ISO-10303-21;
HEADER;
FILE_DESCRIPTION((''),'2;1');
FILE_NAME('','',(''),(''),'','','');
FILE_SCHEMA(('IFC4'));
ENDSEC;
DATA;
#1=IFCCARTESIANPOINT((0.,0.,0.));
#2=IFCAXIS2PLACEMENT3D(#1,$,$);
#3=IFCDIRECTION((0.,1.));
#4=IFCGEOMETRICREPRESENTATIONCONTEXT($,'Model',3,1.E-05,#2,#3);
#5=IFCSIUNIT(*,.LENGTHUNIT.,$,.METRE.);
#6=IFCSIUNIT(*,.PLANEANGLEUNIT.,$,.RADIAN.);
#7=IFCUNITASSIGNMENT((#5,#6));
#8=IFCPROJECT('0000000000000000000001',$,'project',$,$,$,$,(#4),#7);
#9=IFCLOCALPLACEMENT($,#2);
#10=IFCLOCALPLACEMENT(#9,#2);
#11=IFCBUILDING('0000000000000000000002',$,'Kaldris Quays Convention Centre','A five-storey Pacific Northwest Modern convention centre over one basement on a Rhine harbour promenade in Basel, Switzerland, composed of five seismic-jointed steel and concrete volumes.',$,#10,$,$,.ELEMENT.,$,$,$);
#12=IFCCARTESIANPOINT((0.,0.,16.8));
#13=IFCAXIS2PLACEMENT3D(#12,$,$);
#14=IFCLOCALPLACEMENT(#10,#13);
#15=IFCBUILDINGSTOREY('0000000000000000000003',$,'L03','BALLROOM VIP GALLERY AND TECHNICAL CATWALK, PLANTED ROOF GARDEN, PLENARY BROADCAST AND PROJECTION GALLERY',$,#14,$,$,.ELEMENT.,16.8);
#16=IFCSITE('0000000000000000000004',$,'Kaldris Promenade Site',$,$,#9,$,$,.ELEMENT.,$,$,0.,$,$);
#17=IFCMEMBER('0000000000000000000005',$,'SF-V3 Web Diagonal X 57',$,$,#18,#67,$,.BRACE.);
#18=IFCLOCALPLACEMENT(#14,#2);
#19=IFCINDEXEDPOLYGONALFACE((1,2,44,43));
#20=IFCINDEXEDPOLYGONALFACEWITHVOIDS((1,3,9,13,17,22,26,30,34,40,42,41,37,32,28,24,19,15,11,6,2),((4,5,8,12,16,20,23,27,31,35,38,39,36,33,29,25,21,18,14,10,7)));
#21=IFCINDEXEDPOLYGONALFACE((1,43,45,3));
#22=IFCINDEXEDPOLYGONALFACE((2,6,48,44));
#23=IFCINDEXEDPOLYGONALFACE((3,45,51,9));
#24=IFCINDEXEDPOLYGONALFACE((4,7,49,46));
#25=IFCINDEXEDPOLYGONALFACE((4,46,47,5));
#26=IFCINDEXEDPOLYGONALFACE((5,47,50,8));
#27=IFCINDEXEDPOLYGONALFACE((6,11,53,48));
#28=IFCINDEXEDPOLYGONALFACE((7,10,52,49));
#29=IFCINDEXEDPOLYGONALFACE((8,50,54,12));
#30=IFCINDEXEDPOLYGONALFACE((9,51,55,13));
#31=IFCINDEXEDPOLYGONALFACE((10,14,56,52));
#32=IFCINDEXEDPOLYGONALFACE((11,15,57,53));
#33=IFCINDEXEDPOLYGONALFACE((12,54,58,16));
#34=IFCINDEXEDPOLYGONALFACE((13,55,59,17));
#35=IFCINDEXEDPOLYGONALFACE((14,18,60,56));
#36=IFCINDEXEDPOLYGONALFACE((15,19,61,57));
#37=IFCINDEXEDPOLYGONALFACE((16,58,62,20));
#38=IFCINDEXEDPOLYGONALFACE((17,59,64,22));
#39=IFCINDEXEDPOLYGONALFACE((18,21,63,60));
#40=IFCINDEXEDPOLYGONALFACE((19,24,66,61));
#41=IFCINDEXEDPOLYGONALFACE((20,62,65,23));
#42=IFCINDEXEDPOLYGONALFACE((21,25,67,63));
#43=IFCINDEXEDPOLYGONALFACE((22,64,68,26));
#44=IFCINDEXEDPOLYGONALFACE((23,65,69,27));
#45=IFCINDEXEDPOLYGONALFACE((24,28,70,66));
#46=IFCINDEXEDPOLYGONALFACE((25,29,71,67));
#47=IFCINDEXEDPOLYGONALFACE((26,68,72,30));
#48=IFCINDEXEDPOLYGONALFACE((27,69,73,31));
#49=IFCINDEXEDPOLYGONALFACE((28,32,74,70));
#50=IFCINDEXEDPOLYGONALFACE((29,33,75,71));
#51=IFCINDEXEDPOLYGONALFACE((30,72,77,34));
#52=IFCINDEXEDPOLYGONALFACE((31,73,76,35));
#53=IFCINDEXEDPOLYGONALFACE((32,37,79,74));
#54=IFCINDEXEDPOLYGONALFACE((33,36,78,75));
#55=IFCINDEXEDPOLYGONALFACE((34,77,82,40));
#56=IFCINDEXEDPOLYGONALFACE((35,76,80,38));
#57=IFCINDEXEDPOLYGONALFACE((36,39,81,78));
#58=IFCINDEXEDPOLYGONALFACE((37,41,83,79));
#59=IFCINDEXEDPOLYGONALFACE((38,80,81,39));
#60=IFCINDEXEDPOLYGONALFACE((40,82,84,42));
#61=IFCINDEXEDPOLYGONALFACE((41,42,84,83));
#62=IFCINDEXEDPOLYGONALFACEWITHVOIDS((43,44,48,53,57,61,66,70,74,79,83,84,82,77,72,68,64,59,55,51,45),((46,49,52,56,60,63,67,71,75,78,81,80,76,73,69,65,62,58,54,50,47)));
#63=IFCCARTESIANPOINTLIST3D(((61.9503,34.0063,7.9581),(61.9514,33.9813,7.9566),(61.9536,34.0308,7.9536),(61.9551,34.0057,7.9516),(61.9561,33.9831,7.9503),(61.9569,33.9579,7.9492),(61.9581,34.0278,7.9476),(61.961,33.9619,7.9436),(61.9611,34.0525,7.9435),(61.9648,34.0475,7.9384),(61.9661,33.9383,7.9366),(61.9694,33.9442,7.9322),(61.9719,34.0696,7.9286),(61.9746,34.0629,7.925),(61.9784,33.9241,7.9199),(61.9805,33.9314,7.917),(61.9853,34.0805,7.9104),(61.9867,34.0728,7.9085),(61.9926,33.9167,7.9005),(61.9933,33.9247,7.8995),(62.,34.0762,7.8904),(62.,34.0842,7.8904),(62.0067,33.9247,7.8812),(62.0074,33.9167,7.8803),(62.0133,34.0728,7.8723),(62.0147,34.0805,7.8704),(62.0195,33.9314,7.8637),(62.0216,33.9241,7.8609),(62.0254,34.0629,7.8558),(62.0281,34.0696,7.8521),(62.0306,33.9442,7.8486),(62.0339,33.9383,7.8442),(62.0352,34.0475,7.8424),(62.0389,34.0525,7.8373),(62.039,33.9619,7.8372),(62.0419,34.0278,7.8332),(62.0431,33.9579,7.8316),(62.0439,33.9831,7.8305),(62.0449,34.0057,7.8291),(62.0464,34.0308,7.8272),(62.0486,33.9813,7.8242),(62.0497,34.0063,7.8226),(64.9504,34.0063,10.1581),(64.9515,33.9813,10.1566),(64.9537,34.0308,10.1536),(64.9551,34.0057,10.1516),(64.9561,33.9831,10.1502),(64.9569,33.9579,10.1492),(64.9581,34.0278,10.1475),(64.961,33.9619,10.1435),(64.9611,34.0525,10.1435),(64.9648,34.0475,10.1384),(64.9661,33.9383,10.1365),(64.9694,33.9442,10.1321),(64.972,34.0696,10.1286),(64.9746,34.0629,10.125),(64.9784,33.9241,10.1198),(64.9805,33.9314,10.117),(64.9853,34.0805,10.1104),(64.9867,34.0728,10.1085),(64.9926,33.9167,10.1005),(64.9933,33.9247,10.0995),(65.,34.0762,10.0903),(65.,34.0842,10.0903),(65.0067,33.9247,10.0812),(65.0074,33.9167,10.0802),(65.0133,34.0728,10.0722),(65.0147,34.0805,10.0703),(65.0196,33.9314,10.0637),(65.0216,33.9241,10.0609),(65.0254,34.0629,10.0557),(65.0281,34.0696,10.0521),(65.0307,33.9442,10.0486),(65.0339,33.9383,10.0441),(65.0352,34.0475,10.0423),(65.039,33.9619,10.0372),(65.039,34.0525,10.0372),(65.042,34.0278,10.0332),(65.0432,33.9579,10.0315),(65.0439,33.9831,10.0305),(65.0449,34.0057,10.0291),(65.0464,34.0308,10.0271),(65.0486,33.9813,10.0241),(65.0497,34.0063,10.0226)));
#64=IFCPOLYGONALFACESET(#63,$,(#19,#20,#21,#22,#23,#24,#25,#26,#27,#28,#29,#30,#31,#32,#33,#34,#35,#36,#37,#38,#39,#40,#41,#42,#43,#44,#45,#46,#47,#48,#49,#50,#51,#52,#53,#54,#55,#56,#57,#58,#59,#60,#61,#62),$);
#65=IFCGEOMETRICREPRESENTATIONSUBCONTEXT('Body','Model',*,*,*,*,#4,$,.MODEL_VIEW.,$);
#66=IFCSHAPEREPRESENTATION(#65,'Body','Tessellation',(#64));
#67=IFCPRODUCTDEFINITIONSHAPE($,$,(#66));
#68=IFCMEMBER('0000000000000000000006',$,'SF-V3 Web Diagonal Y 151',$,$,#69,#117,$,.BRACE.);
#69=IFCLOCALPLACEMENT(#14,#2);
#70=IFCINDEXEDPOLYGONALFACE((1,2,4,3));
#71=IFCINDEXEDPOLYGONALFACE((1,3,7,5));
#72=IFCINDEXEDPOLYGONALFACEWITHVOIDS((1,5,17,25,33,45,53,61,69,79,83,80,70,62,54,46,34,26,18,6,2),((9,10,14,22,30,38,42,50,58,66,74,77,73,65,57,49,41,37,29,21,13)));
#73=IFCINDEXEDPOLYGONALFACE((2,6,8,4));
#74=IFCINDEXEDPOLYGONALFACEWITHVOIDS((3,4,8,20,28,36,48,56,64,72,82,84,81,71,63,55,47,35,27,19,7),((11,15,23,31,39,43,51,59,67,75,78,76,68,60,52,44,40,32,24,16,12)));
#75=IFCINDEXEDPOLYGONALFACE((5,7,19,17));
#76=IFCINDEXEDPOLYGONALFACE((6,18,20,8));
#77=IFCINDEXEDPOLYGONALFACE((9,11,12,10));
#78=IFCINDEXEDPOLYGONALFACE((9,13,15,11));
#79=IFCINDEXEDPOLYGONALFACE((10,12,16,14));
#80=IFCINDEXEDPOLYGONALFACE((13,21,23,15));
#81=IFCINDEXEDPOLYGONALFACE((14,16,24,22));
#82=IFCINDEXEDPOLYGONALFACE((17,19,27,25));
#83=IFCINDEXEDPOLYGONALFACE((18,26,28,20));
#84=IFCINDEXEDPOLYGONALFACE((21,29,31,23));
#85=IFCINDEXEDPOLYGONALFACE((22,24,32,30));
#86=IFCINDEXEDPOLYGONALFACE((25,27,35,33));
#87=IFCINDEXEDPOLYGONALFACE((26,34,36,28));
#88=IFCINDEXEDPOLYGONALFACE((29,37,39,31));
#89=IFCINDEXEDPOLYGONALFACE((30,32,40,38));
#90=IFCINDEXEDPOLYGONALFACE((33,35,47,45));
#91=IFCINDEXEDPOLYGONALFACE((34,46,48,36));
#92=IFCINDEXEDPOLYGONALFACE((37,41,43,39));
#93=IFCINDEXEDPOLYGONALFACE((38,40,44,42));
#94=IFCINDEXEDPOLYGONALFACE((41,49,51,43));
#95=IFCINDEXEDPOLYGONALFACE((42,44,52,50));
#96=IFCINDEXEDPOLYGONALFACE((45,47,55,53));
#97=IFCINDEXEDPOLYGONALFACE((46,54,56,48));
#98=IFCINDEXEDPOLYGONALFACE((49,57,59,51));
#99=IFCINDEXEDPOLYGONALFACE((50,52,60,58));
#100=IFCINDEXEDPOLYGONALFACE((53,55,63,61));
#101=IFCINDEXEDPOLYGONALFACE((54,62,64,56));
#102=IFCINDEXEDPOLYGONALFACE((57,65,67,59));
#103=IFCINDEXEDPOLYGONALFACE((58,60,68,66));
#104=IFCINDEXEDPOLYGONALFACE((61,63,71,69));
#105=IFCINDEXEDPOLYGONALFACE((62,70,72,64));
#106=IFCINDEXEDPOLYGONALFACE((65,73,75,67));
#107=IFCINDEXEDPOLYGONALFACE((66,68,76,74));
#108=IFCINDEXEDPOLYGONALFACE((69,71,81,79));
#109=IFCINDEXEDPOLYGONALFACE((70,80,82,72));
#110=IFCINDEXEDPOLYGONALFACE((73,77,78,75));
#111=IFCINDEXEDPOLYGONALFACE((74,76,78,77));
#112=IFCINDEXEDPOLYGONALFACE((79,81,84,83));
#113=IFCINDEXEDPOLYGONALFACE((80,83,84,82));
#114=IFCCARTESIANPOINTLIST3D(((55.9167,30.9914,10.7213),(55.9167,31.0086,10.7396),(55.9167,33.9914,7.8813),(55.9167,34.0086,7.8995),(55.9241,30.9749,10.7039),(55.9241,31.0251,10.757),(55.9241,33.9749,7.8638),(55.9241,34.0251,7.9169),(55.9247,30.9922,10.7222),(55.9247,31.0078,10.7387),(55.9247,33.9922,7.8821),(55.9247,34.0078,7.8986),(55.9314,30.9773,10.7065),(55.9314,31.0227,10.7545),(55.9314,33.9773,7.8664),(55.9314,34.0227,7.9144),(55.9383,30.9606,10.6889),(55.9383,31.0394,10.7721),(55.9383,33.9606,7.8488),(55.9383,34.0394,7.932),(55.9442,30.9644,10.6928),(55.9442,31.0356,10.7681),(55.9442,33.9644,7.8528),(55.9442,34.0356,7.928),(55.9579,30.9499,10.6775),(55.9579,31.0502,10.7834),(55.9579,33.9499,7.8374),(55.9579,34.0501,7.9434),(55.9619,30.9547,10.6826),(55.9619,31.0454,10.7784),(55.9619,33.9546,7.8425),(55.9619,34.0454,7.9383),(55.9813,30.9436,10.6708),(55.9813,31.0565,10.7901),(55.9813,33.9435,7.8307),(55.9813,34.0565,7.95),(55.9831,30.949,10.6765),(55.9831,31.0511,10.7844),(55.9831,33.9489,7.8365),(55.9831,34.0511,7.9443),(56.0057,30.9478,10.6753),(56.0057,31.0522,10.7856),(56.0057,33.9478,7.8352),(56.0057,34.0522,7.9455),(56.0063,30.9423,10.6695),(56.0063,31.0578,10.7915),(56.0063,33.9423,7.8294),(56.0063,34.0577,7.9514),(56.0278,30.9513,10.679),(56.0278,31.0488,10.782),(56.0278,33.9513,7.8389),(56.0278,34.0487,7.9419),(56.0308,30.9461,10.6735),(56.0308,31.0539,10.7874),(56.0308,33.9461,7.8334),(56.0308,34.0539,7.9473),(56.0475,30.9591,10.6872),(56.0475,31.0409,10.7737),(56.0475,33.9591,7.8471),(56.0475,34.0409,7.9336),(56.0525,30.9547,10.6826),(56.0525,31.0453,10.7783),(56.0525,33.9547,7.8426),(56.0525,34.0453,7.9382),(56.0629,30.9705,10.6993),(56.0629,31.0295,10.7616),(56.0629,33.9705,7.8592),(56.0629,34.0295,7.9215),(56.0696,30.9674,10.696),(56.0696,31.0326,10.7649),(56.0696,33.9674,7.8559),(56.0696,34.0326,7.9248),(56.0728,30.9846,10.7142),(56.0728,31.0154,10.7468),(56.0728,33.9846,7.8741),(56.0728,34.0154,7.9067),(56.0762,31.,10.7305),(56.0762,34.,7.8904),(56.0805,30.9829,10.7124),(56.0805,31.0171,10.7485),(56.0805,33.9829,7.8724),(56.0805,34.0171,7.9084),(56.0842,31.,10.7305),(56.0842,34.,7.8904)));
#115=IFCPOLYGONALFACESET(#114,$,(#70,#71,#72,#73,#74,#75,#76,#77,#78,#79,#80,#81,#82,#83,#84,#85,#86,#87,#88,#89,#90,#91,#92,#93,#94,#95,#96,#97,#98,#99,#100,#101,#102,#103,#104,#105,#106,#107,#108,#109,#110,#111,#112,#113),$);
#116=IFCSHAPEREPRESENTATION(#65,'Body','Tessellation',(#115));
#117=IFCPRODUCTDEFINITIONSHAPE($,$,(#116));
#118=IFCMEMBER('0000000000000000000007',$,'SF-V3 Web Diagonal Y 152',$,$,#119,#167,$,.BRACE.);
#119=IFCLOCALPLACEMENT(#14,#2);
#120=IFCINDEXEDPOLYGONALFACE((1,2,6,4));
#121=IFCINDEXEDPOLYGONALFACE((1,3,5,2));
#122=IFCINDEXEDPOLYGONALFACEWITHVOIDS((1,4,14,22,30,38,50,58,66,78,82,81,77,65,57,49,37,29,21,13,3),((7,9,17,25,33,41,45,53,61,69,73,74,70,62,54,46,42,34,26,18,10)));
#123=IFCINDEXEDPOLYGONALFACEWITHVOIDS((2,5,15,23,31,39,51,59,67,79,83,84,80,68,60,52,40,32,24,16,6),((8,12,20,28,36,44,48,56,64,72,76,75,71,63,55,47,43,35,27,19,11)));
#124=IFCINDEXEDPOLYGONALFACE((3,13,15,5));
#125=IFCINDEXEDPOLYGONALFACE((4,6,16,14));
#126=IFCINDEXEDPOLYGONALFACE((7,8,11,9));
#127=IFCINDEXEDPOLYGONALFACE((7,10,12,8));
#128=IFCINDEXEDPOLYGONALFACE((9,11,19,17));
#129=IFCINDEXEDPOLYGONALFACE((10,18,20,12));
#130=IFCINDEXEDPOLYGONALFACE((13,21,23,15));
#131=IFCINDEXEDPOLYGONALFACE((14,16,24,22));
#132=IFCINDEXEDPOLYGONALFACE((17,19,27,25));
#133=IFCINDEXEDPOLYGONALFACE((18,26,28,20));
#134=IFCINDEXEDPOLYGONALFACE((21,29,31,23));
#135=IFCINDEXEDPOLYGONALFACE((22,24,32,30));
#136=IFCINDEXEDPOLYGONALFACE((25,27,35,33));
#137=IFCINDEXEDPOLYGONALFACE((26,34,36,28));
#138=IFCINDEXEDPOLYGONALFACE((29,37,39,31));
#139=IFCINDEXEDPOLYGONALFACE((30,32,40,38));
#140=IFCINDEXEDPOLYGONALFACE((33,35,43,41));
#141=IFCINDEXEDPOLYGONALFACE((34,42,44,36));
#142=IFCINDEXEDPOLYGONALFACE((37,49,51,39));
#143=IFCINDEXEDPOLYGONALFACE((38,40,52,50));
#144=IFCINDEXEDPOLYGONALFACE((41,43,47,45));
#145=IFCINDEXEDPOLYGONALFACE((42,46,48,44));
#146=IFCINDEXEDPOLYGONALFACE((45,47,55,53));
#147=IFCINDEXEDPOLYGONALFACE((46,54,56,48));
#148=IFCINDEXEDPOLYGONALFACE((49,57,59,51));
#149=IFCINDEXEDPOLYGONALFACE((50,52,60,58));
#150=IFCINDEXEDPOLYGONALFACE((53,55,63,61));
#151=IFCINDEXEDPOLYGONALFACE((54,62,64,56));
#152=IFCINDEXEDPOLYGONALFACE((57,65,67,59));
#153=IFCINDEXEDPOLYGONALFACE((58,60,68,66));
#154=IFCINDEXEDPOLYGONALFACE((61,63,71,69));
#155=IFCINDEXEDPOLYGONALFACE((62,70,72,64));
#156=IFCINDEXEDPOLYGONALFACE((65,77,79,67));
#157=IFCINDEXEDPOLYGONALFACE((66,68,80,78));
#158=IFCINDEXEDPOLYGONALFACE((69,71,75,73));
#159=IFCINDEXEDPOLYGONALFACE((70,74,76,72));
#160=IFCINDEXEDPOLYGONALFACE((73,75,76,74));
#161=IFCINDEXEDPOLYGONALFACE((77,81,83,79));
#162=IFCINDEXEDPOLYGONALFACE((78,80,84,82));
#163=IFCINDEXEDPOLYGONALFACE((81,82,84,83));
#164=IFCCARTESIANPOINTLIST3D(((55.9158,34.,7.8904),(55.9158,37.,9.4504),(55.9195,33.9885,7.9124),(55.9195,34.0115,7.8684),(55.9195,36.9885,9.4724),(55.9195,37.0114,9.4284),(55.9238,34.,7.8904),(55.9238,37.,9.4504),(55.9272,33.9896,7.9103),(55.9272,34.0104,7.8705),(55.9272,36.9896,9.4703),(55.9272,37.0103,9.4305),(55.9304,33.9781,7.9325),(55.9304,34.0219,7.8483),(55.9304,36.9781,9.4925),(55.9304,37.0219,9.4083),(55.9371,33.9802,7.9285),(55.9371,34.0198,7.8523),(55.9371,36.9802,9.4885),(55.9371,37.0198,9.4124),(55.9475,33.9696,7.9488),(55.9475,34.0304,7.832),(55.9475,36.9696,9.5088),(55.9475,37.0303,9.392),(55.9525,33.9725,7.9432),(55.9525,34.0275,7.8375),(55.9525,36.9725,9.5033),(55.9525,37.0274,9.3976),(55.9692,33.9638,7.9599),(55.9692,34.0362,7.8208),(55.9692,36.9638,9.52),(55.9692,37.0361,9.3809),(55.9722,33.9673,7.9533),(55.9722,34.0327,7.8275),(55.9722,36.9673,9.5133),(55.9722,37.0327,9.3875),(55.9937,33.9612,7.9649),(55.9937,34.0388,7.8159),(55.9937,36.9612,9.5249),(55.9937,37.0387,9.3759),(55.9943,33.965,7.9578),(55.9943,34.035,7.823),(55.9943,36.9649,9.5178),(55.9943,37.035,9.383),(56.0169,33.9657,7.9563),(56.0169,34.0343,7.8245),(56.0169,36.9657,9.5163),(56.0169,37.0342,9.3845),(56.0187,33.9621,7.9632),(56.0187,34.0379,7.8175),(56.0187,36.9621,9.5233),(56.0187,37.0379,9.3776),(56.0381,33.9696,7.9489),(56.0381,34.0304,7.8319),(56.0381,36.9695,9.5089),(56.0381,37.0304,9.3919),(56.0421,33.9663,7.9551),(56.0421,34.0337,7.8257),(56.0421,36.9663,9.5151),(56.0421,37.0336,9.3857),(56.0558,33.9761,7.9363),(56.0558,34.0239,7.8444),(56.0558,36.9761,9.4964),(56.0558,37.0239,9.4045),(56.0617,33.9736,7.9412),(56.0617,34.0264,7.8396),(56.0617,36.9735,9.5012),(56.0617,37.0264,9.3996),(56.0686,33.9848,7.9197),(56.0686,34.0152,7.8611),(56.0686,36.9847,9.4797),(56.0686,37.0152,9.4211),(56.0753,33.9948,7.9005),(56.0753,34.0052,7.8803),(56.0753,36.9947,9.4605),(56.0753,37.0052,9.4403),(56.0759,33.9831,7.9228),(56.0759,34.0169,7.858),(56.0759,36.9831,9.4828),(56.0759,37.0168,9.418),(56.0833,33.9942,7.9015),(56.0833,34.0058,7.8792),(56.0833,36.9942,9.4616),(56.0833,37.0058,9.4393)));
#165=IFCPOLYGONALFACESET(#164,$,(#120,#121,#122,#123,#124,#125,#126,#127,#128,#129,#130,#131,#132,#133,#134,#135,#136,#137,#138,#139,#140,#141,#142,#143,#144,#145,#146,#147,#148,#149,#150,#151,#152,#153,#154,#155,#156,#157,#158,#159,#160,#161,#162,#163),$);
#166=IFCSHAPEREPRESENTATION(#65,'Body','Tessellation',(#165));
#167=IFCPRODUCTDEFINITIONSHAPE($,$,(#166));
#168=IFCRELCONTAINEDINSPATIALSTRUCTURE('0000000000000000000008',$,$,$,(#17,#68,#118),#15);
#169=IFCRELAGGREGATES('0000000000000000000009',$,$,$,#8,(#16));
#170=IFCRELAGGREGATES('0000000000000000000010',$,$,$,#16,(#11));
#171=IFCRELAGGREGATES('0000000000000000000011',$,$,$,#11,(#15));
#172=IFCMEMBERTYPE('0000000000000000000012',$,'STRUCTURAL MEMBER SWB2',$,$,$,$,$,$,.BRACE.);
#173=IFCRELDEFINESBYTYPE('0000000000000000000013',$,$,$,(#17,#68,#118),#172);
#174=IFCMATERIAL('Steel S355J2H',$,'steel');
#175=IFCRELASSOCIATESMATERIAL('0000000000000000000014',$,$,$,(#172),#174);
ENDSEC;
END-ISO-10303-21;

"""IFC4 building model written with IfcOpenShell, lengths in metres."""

from ifc_helpers import new_model, si_unit, direction, frame, origin, origin_2d, place, context, subcontext, project, spatial, hollow_circle, extrude, material, material_profile, profile_set, type_object, element, save


model = new_model("IFC4")

# Units and contexts
model_context = context("Model", 3, precision=1e-05, world=origin(), true_north=direction((0.0, 1.0)))
body_context = subcontext(model_context, "Body", "Model", "MODEL_VIEW")
ifc_project = project(units=[si_unit("LENGTHUNIT", "METRE"), si_unit("PLANEANGLEUNIT", "RADIAN")], contexts=[model_context])

# Site, building, storey
site_placement = place(None, origin())
site = spatial("IfcSite", under=ifc_project, at=site_placement, Name="Kaldris Promenade Site", CompositionType="ELEMENT", RefElevation=0.0)
building_placement = place(site_placement, origin())
building = spatial("IfcBuilding", under=site, at=building_placement, Name="Kaldris Quays Convention Centre", Description="A five-storey Pacific Northwest Modern convention centre over one basement on a Rhine harbour promenade in Basel, Switzerland, composed of five seismic-jointed steel and concrete volumes.", CompositionType="ELEMENT")
storey_placement = place(building_placement, frame((0.0, 0.0, 16.8)))
storey = spatial("IfcBuildingStorey", under=building, at=storey_placement, Name="L03", Description="BALLROOM VIP GALLERY AND TECHNICAL CATWALK, PLANTED ROOF GARDEN, PLENARY BROADCAST AND PROJECTION GALLERY", CompositionType="ELEMENT", Elevation=16.8)

# Members
ifc_material_1 = material(Name="Steel S355J2H", Category="steel")
ifc_material_profile_1 = material_profile(ifc_material_1, hollow_circle(Radius=0.0842, WallThickness=0.0081, at=origin_2d()), Name="CHS 168.3x8")
ifc_profile_set_1 = profile_set([ifc_material_profile_1], Name="Steel S355J2H")
member_type_1 = type_object("IfcMemberType", Name="STRUCTURAL MEMBER SWB2", PredefinedType="BRACE", material=ifc_profile_set_1)
for number, where, z_axis, x_axis, name in (
    (1, (62.0, 34.0, 7.8904), (0.806411, 0.0, 0.591355), (0.0, 1.0, 0.0), "SF-V3 Web Diagonal X 57"),
):
    element("IfcMember", number, at=place(storey_placement, frame(where, z_axis=z_axis, x_axis=x_axis)), inside=storey, type_object=member_type_1, Name=name, PredefinedType="BRACE", context=body_context, shape_type="SweptSolid", body=[
        extrude(hollow_circle(Radius=0.0842, WallThickness=0.0081, at=origin_2d()), origin(), (0.0, 0.0, 1.0), 3.7202),
    ])
member_1_placement = place(storey_placement, frame((56.0, 34.0, 7.8904), z_axis=(0.0, -0.726196, 0.687487), x_axis=(1.0, 0.0, 0.0)))
element("IfcMember", 2, at=member_1_placement, inside=storey, type_object=member_type_1, Name="SF-V3 Web Diagonal Y 151", PredefinedType="BRACE", context=body_context, shape_type="SweptSolid", body=[
    extrude(hollow_circle(Radius=0.0842, WallThickness=0.0081, at=origin_2d()), origin(), (0.0, 0.0, 1.0), 4.1311),
])
member_2_placement = place(storey_placement, frame((56.0, 34.0, 7.8904), z_axis=(0.0, 0.88721, 0.461366), x_axis=(-1.0, 0.0, 0.0)))
element("IfcMember", 3, at=member_2_placement, inside=storey, type_object=member_type_1, Name="SF-V3 Web Diagonal Y 152", PredefinedType="BRACE", context=body_context, shape_type="SweptSolid", body=[
    extrude(hollow_circle(Radius=0.0842, WallThickness=0.0081, at=origin_2d()), origin(), (0.0, 0.0, 1.0), 3.3813),
])

save(model, "model.ifc")
